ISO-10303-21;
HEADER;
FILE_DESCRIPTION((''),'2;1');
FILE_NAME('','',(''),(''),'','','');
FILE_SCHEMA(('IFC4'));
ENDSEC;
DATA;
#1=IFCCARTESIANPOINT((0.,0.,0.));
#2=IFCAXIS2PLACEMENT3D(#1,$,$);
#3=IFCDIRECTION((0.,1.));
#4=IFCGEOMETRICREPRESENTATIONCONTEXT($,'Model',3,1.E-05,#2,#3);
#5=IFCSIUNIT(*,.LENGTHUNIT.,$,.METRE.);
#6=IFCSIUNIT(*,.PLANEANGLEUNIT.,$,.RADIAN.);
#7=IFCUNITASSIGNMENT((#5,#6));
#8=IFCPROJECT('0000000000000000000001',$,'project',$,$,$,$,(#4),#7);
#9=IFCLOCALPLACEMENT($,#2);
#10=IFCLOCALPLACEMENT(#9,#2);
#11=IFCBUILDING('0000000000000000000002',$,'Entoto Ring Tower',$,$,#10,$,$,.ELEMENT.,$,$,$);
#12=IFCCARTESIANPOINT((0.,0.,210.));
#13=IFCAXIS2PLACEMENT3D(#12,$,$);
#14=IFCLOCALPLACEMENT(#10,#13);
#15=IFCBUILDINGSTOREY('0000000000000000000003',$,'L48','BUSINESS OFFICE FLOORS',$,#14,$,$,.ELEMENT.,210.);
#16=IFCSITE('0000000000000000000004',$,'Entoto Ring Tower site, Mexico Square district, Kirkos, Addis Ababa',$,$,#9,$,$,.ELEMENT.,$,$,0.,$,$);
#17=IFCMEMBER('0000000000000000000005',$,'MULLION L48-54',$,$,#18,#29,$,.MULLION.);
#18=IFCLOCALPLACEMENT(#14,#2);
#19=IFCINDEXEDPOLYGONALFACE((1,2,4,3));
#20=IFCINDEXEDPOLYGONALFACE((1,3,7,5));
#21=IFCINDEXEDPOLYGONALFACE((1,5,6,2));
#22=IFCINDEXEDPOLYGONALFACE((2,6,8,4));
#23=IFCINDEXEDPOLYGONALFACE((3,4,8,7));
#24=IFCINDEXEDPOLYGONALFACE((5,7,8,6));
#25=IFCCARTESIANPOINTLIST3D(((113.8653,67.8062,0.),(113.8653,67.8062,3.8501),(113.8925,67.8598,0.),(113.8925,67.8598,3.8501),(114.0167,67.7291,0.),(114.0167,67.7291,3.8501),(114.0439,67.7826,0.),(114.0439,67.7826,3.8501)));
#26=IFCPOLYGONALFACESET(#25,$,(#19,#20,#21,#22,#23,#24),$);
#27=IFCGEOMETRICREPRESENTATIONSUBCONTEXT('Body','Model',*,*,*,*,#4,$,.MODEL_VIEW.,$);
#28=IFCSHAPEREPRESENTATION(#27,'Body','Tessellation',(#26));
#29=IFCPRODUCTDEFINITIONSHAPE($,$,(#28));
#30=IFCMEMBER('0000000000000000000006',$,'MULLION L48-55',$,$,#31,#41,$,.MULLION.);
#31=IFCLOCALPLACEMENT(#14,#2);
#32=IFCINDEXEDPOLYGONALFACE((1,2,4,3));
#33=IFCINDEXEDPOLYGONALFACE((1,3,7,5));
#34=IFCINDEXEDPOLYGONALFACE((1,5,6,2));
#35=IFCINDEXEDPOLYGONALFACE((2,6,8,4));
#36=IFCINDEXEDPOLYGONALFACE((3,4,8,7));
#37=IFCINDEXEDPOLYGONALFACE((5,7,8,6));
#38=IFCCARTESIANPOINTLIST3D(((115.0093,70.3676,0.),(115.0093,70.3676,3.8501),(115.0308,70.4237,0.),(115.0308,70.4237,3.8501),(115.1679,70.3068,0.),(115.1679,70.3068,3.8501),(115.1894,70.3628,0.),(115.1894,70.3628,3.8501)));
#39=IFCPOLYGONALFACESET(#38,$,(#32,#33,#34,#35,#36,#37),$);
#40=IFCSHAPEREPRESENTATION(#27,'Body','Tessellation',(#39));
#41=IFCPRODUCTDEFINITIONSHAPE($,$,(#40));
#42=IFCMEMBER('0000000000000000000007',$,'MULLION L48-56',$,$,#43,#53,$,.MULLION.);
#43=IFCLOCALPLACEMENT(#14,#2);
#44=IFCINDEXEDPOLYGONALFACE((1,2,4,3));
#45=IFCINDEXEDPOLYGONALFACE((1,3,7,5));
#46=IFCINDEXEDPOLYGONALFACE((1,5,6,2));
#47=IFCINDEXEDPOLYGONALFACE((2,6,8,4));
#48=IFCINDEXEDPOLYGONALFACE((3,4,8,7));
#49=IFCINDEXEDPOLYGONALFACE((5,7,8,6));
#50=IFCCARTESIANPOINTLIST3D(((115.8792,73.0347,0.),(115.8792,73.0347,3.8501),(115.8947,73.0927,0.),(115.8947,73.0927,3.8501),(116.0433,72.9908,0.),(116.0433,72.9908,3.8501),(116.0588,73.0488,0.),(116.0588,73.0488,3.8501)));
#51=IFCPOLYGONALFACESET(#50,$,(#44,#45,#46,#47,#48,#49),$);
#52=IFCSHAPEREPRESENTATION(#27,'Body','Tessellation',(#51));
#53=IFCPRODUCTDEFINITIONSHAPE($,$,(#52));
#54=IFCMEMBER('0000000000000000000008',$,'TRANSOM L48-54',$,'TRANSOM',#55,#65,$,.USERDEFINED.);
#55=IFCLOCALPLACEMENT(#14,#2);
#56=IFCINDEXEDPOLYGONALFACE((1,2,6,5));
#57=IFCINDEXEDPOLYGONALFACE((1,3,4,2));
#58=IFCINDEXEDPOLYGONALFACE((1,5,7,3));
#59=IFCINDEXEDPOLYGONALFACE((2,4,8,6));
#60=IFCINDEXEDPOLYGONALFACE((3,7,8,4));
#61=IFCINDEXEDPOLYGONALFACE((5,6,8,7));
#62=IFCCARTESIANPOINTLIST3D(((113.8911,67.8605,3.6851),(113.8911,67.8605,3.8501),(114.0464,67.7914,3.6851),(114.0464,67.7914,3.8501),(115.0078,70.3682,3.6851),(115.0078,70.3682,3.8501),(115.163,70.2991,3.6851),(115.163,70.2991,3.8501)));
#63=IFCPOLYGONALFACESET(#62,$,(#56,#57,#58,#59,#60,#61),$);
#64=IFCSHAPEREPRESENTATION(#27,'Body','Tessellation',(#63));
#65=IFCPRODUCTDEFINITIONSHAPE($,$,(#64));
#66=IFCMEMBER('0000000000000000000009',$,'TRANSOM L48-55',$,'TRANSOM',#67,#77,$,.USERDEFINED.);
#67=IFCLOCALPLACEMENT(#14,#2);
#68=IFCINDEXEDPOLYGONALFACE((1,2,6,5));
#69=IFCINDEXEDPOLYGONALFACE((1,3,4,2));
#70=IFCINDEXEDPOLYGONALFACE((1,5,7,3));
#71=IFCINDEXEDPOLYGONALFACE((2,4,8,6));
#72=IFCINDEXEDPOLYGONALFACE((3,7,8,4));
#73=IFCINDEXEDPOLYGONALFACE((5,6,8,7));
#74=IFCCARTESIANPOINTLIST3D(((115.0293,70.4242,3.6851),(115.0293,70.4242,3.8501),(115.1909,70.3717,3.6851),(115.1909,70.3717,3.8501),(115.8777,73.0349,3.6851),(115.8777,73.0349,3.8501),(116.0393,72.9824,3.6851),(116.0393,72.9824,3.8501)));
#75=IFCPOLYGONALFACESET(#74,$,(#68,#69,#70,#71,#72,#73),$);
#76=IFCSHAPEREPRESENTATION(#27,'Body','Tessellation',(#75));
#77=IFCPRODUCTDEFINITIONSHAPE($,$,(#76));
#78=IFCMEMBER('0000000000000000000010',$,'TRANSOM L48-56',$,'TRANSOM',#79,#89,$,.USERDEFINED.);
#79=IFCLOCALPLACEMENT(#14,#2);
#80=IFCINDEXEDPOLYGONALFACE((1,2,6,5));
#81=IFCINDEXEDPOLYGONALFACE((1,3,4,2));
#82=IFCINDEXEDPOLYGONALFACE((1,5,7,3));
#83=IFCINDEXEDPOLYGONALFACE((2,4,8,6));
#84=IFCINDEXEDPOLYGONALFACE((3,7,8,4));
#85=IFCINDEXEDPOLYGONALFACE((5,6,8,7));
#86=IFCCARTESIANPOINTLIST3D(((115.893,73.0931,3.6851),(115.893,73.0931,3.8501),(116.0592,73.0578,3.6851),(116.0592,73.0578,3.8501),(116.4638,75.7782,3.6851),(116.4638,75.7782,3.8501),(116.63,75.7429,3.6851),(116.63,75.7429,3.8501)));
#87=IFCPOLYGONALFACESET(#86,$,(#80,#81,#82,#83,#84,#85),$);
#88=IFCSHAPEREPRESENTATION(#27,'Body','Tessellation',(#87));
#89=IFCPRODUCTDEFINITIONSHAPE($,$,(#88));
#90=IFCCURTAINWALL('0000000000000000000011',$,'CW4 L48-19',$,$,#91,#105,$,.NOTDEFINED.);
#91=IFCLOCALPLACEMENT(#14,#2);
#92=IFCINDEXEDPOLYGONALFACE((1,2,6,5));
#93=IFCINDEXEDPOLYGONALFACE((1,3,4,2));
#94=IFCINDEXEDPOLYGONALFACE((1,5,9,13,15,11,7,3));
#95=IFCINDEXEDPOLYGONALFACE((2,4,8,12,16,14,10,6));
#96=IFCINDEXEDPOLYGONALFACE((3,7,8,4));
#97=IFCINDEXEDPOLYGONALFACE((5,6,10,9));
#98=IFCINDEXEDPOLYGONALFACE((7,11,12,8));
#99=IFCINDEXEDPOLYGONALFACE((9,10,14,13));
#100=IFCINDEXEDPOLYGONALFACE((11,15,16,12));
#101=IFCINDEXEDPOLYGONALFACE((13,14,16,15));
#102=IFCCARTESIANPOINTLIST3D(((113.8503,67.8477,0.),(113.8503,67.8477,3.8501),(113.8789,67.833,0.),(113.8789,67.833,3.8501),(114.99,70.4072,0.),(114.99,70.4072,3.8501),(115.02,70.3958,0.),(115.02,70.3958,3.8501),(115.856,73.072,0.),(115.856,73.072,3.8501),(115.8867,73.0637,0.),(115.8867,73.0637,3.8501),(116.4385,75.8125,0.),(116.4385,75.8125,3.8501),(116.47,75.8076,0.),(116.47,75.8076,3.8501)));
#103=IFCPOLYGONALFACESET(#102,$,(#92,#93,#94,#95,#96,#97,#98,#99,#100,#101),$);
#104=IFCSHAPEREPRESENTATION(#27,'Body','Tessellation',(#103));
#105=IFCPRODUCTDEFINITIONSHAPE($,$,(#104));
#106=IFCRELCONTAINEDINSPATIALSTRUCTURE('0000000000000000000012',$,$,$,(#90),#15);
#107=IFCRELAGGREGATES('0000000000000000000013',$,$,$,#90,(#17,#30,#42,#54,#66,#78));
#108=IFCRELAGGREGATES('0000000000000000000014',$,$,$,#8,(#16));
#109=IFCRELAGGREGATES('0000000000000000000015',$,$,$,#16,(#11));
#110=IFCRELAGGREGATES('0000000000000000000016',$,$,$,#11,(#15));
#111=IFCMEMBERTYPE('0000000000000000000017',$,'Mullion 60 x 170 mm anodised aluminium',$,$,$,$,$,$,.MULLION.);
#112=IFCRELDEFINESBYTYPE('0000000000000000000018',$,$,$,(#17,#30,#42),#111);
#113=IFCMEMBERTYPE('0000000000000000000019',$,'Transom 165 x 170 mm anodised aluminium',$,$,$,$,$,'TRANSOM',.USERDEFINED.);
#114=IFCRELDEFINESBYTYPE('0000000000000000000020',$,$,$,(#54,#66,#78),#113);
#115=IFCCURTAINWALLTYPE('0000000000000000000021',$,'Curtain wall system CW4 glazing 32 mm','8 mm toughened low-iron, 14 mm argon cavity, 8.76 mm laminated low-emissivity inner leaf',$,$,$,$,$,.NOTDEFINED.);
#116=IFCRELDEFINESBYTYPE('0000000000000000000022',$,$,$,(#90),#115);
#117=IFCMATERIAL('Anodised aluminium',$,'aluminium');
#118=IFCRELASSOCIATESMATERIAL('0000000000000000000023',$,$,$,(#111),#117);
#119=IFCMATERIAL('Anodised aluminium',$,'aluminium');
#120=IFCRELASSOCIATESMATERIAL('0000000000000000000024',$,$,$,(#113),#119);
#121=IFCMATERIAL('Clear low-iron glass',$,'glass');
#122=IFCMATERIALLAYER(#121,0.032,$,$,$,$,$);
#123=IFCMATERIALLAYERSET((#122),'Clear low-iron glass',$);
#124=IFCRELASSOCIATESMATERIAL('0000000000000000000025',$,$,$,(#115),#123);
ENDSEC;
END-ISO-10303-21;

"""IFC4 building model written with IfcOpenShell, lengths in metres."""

from ifc_helpers import new_model, si_unit, direction, frame, origin, origin_2d, place, context, subcontext, project, spatial, polyline, rectangle, outline, extrude, material, layer, layer_set, material_profile, profile_set, type_object, element, aggregate, save


model = new_model("IFC4")

# Units and contexts
model_context = context("Model", 3, precision=1e-05, world=origin(), true_north=direction((0.0, 1.0)))
body_context = subcontext(model_context, "Body", "Model", "MODEL_VIEW")
ifc_project = project(units=[si_unit("LENGTHUNIT", "METRE"), si_unit("PLANEANGLEUNIT", "RADIAN")], contexts=[model_context])

# Members
ifc_material_1 = material(Name="Anodised aluminium", Category="aluminium")
ifc_material_profile_1 = material_profile(ifc_material_1, rectangle(XDim=0.0601, YDim=0.1699, at=origin_2d()), Name="Mullion 60 x 170 mm anodised aluminium")
ifc_profile_set_1 = profile_set([ifc_material_profile_1], Name="Anodised aluminium")
member_type_1 = type_object("IfcMemberType", Name="Mullion 60 x 170 mm anodised aluminium", PredefinedType="MULLION", material=ifc_profile_set_1)
site_placement = place(None, origin())
building_placement = place(site_placement, origin())
storey_placement = place(building_placement, frame((0.0, 0.0, 210.0)))
member_1_placement = place(storey_placement, frame((113.9546, 67.7944, 0.0), z_axis=(0.0, 0.0, 1.0), x_axis=(0.45399, 0.891007, 0.0)))
member_1 = element("IfcMember", 1, at=member_1_placement, type_object=member_type_1, Name="MULLION L48-54", PredefinedType="MULLION", context=body_context, shape_type="SweptSolid", body=[
    extrude(rectangle(XDim=0.0601, YDim=0.1699, at=origin_2d()), origin(), (0.0, 0.0, 1.0), 3.8501),
])
member_2_placement = place(storey_placement, frame((115.0994, 70.3652, 0.0), z_axis=(0.0, 0.0, 1.0), x_axis=(0.358368, 0.93358, 0.0)))
member_2 = element("IfcMember", 2, at=member_2_placement, type_object=member_type_1, Name="MULLION L48-55", PredefinedType="MULLION", context=body_context, shape_type="SweptSolid", body=[
    extrude(rectangle(XDim=0.0601, YDim=0.1699, at=origin_2d()), origin(), (0.0, 0.0, 1.0), 3.8501),
])
member_3_placement = place(storey_placement, frame((115.969, 73.0417, 0.0), z_axis=(0.0, 0.0, 1.0), x_axis=(0.258819, 0.965926, 0.0)))
member_3 = element("IfcMember", 3, at=member_3_placement, type_object=member_type_1, Name="MULLION L48-56", PredefinedType="MULLION", context=body_context, shape_type="SweptSolid", body=[
    extrude(rectangle(XDim=0.0601, YDim=0.1699, at=origin_2d()), origin(), (0.0, 0.0, 1.0), 3.8501),
])
ifc_material_2 = material(Name="Anodised aluminium", Category="aluminium")
ifc_material_profile_2 = material_profile(ifc_material_2, rectangle(XDim=0.1699, YDim=0.165, at=origin_2d()), Name="Transom 165 x 170 mm anodised aluminium")
ifc_profile_set_2 = profile_set([ifc_material_profile_2], Name="Anodised aluminium")
member_type_2 = type_object("IfcMemberType", Name="Transom 165 x 170 mm anodised aluminium", ElementType="TRANSOM", PredefinedType="USERDEFINED", material=ifc_profile_set_2)
member_4_placement = place(storey_placement, frame((113.9688, 67.8259, 3.7676), z_axis=(0.406782, 0.913525, 0.0), x_axis=(-0.913525, 0.406782, 0.0)))
member_4 = element("IfcMember", 4, at=member_4_placement, type_object=member_type_2, Name="TRANSOM L48-54", ObjectType="TRANSOM", PredefinedType="USERDEFINED", context=body_context, shape_type="SweptSolid", body=[
    extrude(rectangle(XDim=0.1699, YDim=0.165, at=origin_2d()), origin(), (0.0, 0.0, 1.0), 2.7451),
])
member_5_placement = place(storey_placement, frame((115.1101, 70.3979, 3.7676), z_axis=(0.309042, 0.951048, 0.0), x_axis=(-0.951048, 0.309042, 0.0)))
member_5 = element("IfcMember", 5, at=member_5_placement, type_object=member_type_2, Name="TRANSOM L48-55", ObjectType="TRANSOM", PredefinedType="USERDEFINED", context=body_context, shape_type="SweptSolid", body=[
    extrude(rectangle(XDim=0.1699, YDim=0.165, at=origin_2d()), origin(), (0.0, 0.0, 1.0), 2.7451),
])
member_6_placement = place(storey_placement, frame((115.9761, 73.0754, 3.7676), z_axis=(0.207937, 0.978142, 0.0), x_axis=(-0.978142, 0.207937, 0.0)))
member_6 = element("IfcMember", 6, at=member_6_placement, type_object=member_type_2, Name="TRANSOM L48-56", ObjectType="TRANSOM", PredefinedType="USERDEFINED", context=body_context, shape_type="SweptSolid", body=[
    extrude(rectangle(XDim=0.1699, YDim=0.165, at=origin_2d()), origin(), (0.0, 0.0, 1.0), 2.7451),
])

# Site, building, storey
site = spatial("IfcSite", under=ifc_project, at=site_placement, Name="Entoto Ring Tower site, Mexico Square district, Kirkos, Addis Ababa", CompositionType="ELEMENT", RefElevation=0.0)
building = spatial("IfcBuilding", under=site, at=building_placement, Name="Entoto Ring Tower", CompositionType="ELEMENT")
storey = spatial("IfcBuildingStorey", under=building, at=storey_placement, Name="L48", Description="BUSINESS OFFICE FLOORS", CompositionType="ELEMENT", Elevation=210.0)

# Curtain wall
ifc_material_3 = material(Name="Clear low-iron glass", Category="glass")
ifc_layer_1 = layer(ifc_material_3, 0.032)
ifc_layer_set_1 = layer_set([ifc_layer_1], Name="Clear low-iron glass")
curtain_wall_type = type_object("IfcCurtainWallType", Name="Curtain wall system CW4 glazing 32 mm", Description="8 mm toughened low-iron, 14 mm argon cavity, 8.76 mm laminated low-emissivity inner leaf", PredefinedType="NOTDEFINED", material=ifc_layer_set_1)
curtain_wall_1_placement = place(storey_placement, origin())
curtain_wall_1 = element("IfcCurtainWall", 7, at=curtain_wall_1_placement, inside=storey, type_object=curtain_wall_type, Name="CW4 L48-19", PredefinedType="NOTDEFINED", context=body_context, shape_type="SweptSolid", body=[
    extrude(outline(polyline([(113.8789, 67.833), (115.02, 70.3958), (115.8867, 73.0637), (116.47, 75.8076), (116.4385, 75.8125), (115.856, 73.072), (114.99, 70.4072), (113.8503, 67.8477), (113.8789, 67.833)])), origin(), (0.0, 0.0, 1.0), 3.8501),
])
aggregate(curtain_wall_1, [member_1, member_2, member_3, member_4, member_5, member_6])

save(model, "model.ifc")
